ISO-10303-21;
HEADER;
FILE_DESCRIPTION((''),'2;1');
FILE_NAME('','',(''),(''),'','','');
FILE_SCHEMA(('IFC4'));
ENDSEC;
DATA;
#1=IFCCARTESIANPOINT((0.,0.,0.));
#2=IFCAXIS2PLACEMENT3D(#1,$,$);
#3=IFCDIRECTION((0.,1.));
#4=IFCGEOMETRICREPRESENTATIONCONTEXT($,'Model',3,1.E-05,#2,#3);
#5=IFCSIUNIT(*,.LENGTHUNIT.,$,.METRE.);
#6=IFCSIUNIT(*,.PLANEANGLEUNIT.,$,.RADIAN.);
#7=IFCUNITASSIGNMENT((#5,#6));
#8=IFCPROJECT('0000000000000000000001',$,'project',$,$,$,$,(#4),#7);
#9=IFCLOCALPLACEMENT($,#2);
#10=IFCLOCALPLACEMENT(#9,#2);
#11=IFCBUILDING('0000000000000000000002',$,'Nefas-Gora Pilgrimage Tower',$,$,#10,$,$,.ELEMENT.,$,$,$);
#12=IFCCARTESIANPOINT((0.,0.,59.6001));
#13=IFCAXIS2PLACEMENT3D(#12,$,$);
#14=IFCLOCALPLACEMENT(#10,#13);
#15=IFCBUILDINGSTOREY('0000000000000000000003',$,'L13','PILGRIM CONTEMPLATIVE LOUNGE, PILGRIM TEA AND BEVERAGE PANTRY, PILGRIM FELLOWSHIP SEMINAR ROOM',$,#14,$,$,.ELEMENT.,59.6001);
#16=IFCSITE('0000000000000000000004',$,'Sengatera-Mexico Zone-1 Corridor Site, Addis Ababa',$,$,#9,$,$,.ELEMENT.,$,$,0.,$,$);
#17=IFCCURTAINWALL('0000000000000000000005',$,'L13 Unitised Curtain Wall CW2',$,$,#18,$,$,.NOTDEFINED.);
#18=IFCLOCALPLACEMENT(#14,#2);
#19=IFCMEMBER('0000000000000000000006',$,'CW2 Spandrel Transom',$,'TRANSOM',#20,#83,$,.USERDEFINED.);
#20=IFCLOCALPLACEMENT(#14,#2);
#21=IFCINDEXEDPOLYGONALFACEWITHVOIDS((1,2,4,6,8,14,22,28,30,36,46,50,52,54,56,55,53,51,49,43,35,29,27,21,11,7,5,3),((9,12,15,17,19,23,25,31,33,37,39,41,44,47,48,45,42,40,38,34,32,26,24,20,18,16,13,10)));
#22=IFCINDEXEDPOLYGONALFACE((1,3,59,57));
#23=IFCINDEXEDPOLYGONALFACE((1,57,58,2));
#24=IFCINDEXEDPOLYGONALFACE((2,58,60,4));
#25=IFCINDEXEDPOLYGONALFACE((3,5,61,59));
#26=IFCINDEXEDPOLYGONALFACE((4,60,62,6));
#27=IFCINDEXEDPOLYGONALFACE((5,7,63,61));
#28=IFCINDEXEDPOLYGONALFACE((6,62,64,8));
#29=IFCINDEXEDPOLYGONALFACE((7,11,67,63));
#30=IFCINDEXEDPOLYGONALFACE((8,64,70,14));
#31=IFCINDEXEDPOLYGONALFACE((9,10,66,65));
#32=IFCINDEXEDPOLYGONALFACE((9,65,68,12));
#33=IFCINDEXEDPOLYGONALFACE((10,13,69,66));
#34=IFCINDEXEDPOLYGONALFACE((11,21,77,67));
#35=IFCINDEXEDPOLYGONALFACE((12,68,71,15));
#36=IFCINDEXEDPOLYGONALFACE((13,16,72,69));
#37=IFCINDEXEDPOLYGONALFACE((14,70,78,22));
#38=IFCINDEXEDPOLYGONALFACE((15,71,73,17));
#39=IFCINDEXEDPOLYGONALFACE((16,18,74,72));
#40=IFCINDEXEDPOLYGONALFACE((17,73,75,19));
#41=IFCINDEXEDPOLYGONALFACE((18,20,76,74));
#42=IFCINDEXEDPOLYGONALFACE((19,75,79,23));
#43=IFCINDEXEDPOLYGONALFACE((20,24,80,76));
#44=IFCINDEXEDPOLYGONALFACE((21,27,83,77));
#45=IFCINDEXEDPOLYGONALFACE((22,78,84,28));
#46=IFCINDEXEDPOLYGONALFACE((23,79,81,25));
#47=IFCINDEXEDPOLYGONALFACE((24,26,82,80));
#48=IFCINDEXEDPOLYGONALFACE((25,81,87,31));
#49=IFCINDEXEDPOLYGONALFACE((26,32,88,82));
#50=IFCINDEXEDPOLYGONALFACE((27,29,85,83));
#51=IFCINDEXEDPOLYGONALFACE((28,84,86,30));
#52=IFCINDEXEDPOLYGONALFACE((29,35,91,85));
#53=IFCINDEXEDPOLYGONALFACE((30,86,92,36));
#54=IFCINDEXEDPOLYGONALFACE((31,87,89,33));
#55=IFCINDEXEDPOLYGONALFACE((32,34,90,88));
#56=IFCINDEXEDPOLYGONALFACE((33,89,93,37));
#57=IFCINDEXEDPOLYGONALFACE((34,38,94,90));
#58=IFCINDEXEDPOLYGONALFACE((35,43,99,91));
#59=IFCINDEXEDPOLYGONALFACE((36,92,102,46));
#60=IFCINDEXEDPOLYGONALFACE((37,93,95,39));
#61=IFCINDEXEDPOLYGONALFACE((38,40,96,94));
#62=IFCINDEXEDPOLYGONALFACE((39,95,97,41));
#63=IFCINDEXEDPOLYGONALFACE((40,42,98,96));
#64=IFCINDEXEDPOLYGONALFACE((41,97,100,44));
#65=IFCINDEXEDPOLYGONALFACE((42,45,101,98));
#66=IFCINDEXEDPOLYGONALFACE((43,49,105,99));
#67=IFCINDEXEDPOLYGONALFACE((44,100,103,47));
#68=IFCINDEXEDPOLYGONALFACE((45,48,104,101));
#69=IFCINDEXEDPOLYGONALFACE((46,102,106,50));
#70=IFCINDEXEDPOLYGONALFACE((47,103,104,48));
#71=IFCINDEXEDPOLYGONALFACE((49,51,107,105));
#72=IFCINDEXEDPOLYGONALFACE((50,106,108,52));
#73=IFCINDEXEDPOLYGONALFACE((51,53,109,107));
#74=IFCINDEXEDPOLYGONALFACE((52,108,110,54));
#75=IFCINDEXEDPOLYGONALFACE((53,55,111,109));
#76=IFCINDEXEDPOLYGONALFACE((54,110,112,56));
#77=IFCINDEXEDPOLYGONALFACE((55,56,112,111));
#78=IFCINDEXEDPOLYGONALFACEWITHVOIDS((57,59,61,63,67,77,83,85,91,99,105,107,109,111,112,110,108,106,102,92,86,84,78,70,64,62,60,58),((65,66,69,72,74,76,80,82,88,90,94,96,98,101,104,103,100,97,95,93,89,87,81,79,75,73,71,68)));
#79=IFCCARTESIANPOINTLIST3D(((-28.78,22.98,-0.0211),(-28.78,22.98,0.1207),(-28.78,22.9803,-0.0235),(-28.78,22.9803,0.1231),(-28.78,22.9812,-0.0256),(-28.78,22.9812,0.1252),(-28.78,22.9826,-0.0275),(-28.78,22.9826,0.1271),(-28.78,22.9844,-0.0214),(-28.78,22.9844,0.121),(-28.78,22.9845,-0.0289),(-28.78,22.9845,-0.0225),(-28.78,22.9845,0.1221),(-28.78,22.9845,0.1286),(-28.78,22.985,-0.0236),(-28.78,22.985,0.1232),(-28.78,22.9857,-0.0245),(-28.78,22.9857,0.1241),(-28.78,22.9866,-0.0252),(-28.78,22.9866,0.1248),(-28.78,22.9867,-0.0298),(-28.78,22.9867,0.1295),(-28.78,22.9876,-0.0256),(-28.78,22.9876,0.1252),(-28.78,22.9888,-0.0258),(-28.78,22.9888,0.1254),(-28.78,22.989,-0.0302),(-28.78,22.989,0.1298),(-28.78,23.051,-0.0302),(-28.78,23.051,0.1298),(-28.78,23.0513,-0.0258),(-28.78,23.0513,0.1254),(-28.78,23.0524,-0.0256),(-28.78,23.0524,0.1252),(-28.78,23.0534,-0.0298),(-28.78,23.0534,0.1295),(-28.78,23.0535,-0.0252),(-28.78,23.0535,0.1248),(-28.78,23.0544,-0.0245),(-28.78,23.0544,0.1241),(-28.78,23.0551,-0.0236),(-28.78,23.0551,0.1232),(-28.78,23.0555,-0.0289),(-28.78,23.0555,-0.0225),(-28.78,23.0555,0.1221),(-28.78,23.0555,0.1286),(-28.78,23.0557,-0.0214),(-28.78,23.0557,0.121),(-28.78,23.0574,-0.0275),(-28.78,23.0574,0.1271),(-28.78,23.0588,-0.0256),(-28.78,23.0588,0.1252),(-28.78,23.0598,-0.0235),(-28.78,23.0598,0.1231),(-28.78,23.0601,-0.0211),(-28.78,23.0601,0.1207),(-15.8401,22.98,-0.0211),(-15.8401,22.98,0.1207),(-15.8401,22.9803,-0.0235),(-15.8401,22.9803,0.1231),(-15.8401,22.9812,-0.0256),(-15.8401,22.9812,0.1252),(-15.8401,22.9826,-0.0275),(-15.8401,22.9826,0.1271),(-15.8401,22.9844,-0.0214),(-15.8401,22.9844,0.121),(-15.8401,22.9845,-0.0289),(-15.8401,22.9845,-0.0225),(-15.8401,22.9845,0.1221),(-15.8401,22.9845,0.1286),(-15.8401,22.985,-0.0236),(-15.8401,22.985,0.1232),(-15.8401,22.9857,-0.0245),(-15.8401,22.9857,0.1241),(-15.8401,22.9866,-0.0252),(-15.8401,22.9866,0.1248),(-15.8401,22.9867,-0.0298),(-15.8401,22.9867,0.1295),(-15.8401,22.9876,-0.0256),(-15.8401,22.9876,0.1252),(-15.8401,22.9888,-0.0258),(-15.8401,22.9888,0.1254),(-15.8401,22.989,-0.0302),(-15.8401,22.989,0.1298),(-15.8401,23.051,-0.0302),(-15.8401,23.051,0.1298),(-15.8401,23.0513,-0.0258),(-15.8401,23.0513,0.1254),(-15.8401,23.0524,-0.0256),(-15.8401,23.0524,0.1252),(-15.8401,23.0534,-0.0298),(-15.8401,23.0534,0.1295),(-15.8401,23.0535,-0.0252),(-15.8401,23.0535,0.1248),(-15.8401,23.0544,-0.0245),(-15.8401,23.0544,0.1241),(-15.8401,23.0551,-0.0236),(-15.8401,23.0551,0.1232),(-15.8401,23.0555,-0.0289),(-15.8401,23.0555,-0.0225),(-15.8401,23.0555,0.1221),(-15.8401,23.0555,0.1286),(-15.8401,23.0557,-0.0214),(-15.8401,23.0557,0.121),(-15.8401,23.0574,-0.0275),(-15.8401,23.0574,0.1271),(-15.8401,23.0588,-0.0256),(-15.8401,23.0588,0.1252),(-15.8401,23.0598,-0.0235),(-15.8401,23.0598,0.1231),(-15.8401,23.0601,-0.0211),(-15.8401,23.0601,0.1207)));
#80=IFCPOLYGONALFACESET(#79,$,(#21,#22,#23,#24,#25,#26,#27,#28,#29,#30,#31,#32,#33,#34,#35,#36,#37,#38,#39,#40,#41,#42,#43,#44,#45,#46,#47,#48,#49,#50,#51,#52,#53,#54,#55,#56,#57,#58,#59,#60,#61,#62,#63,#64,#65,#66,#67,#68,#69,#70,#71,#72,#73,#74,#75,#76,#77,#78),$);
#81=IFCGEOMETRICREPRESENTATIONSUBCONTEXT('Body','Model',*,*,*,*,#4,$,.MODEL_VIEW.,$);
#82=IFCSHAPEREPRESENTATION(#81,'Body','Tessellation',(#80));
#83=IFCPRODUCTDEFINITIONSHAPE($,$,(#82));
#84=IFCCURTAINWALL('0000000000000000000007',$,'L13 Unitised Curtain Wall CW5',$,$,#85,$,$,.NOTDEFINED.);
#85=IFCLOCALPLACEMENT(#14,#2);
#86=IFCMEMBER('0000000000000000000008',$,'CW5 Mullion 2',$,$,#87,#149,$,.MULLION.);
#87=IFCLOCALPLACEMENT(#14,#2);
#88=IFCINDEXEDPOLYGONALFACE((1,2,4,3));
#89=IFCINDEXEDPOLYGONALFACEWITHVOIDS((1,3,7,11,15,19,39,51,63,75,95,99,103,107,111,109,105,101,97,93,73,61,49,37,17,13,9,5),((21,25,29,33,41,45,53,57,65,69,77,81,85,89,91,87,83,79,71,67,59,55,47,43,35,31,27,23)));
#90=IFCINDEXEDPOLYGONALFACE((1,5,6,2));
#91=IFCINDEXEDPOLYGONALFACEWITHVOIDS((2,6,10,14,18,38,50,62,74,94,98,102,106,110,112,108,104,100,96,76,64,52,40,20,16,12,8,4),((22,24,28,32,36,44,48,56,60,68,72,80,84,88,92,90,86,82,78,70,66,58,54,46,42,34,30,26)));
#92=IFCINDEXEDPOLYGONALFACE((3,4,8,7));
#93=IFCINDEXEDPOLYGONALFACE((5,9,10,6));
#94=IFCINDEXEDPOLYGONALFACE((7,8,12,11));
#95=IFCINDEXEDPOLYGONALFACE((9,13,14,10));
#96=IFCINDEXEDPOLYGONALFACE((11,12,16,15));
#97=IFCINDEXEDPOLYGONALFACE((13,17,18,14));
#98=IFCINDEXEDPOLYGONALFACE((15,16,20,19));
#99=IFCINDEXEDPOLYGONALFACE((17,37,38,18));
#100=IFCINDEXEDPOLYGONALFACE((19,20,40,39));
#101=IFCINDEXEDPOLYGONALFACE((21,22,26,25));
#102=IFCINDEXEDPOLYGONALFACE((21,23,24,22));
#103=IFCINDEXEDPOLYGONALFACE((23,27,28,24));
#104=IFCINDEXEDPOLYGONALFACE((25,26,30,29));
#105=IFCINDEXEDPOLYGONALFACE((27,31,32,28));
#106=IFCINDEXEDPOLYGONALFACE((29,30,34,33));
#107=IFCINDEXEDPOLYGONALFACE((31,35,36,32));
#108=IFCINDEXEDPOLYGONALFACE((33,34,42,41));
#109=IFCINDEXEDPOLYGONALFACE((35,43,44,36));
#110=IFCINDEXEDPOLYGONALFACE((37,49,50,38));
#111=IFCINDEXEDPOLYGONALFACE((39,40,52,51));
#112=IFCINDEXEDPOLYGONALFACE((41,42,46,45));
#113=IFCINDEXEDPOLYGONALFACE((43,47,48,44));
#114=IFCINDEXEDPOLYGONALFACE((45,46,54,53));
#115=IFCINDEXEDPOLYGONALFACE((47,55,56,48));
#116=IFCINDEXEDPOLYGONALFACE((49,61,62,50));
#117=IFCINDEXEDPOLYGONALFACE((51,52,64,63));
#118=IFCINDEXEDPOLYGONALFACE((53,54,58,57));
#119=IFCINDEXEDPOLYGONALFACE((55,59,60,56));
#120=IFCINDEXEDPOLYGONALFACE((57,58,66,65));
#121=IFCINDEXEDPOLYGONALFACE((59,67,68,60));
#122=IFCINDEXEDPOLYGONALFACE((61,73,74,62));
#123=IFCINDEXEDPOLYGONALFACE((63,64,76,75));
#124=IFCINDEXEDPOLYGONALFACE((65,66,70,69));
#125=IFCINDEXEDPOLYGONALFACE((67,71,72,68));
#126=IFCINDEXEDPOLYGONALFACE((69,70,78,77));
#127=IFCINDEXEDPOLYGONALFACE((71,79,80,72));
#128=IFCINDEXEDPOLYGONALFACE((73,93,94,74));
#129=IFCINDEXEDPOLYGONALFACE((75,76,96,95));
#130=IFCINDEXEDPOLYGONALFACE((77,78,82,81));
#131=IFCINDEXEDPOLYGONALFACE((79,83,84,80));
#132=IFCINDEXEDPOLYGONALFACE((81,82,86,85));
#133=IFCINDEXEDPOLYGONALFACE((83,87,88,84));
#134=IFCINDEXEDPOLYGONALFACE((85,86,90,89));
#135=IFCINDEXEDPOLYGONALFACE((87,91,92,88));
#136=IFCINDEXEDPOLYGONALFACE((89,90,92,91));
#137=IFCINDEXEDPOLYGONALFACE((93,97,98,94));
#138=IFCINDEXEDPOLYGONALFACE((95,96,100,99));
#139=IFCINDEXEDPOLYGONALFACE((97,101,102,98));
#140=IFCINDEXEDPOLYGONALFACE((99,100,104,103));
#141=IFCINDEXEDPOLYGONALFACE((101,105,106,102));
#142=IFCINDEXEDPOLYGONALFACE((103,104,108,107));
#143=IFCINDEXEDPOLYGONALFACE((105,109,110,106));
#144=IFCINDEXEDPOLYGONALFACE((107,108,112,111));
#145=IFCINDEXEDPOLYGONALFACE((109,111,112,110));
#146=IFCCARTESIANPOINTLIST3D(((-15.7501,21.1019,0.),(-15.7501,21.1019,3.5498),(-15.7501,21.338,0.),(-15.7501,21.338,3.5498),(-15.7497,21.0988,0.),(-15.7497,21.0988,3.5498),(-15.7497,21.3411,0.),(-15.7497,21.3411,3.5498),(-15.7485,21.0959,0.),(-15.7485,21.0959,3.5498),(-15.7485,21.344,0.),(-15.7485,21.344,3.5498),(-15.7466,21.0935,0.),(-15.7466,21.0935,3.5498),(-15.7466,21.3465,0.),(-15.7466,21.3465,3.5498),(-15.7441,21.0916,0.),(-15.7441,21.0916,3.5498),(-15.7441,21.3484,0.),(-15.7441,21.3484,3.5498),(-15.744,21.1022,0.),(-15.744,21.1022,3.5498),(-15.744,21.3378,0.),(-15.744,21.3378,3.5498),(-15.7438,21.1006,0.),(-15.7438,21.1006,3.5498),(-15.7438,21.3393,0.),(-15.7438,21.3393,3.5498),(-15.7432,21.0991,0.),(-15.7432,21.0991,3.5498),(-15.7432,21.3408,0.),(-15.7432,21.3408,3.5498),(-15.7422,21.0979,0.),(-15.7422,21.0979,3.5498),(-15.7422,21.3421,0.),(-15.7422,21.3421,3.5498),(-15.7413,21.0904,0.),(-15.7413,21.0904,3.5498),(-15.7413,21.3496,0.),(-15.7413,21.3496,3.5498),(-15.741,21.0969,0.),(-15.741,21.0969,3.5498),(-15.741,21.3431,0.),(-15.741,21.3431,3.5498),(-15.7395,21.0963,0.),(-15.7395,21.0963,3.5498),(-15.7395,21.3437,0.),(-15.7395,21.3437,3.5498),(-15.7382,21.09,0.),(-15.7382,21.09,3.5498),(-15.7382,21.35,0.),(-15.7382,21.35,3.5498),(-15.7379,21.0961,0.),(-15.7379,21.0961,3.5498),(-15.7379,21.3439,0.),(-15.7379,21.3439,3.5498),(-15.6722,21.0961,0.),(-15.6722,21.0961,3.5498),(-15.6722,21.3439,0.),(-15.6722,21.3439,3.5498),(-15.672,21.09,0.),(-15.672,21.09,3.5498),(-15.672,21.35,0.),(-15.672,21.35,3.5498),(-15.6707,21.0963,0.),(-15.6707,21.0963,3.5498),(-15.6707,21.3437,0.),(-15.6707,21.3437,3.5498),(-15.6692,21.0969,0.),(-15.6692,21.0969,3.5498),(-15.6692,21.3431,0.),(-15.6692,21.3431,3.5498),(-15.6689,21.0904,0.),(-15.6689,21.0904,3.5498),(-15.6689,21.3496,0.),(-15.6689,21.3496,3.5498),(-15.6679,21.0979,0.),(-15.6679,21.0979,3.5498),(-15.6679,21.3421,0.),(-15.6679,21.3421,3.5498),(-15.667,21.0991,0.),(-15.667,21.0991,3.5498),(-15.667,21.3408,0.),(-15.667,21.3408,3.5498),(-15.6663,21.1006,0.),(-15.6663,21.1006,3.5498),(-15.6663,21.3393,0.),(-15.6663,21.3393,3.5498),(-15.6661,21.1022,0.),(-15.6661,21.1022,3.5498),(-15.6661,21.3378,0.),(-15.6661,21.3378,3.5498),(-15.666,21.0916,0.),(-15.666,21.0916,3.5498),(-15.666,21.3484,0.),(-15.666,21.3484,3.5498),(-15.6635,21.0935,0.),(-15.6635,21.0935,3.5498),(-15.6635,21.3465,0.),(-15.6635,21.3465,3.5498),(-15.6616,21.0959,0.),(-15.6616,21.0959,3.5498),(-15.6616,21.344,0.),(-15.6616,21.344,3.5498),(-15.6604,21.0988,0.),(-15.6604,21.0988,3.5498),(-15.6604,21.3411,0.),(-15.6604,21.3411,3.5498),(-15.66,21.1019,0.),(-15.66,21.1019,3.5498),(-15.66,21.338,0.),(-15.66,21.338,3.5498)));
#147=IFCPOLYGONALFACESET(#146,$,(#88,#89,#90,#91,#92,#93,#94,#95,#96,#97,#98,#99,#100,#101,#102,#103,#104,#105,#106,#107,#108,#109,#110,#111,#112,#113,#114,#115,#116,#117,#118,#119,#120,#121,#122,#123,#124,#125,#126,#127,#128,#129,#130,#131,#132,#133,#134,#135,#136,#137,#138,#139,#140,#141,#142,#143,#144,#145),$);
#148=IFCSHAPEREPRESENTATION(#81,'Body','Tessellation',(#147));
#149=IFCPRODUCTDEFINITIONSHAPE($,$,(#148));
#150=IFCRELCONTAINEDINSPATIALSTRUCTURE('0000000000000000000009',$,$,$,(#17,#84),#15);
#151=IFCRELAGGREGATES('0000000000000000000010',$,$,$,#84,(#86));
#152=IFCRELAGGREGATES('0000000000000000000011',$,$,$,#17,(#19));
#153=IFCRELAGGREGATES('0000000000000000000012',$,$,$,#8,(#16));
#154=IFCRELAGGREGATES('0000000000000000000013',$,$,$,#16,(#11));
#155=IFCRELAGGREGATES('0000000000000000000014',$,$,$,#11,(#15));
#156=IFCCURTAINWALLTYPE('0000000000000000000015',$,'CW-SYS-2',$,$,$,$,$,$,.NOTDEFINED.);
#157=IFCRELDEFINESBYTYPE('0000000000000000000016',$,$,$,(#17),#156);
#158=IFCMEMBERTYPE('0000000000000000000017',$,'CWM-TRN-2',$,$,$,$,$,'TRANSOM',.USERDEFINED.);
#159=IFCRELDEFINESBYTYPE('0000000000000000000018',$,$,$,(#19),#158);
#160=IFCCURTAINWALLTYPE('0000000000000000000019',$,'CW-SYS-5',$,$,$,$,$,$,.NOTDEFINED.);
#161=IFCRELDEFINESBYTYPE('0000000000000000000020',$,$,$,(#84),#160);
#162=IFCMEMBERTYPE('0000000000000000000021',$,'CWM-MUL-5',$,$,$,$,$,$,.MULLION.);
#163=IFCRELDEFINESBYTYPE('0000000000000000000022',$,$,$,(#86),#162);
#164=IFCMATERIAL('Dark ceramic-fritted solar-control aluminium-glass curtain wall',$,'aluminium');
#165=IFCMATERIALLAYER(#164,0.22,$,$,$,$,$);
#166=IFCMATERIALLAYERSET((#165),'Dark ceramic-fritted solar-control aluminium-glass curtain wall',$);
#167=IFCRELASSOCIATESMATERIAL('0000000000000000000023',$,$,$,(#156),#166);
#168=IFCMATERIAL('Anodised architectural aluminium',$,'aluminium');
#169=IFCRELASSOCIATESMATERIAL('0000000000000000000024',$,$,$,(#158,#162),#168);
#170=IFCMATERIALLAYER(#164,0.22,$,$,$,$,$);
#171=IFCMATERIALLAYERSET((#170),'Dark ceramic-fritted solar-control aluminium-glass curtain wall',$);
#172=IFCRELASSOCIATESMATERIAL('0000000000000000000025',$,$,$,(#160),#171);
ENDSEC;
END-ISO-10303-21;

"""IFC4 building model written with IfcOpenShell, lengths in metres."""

from ifc_helpers import new_model, si_unit, direction, frame, origin, origin_2d, place, context, subcontext, project, spatial, hollow_rectangle, extrude, source, transform, mapped, material, layer, layer_set, material_profile, profile_set, type_object, element, aggregate, save


model = new_model("IFC4")

# Units and contexts
model_context = context("Model", 3, precision=1e-05, world=origin(), true_north=direction((0.0, 1.0)))
body_context = subcontext(model_context, "Body", "Model", "MODEL_VIEW")
ifc_project = project(units=[si_unit("LENGTHUNIT", "METRE"), si_unit("PLANEANGLEUNIT", "RADIAN")], contexts=[model_context])

# Site, building, storey
site_placement = place(None, origin())
site = spatial("IfcSite", under=ifc_project, at=site_placement, Name="Sengatera-Mexico Zone-1 Corridor Site, Addis Ababa", CompositionType="ELEMENT", RefElevation=0.0)
building_placement = place(site_placement, origin())
building = spatial("IfcBuilding", under=site, at=building_placement, Name="Nefas-Gora Pilgrimage Tower", CompositionType="ELEMENT")
storey_placement = place(building_placement, frame((0.0, 0.0, 59.6001)))
storey = spatial("IfcBuildingStorey", under=building, at=storey_placement, Name="L13", Description="PILGRIM CONTEMPLATIVE LOUNGE, PILGRIM TEA AND BEVERAGE PANTRY, PILGRIM FELLOWSHIP SEMINAR ROOM", CompositionType="ELEMENT", Elevation=59.6001)

# Curtain walls, members
ifc_material_1 = material(Name="Dark ceramic-fritted solar-control aluminium-glass curtain wall", Category="aluminium")
ifc_layer_1 = layer(ifc_material_1, 0.22)
ifc_layer_set_1 = layer_set([ifc_layer_1], Name="Dark ceramic-fritted solar-control aluminium-glass curtain wall")
curtain_wall_type_1 = type_object("IfcCurtainWallType", Name="CW-SYS-2", PredefinedType="NOTDEFINED", material=ifc_layer_set_1)
curtain_wall_1_placement = place(storey_placement, origin())
curtain_wall_1 = element("IfcCurtainWall", 1, at=curtain_wall_1_placement, inside=storey, type_object=curtain_wall_type_1, Name="L13 Unitised Curtain Wall CW2", PredefinedType="NOTDEFINED")
ifc_material_2 = material(Name="Anodised architectural aluminium", Category="aluminium")
ifc_material_profile_1 = material_profile(ifc_material_2, hollow_rectangle(XDim=0.0801, YDim=0.1599, WallThickness=0.0044, InnerFilletRadius=0.0044, OuterFilletRadius=0.009, at=origin_2d()), Name="ALU TRANSOM 80x160")
ifc_profile_set_1 = profile_set([ifc_material_profile_1], Name="Anodised architectural aluminium")
member_type_1 = type_object("IfcMemberType", Name="CWM-TRN-2", ElementType="TRANSOM", PredefinedType="USERDEFINED", material=ifc_profile_set_1)
shared_shape_1 = source(origin(), body_context, "Body", "SweptSolid", [
    extrude(hollow_rectangle(XDim=0.0801, YDim=0.1599, WallThickness=0.0044, InnerFilletRadius=0.0044, OuterFilletRadius=0.009, at=origin_2d()), origin(), (0.0, 0.0, 1.0), 12.9399),
])
member_1_placement = place(storey_placement, frame((-15.8401, 23.02, 0.0498), z_axis=(-1.0, 0.0, 0.0), x_axis=(0.0, -1.0, 0.0)))
member_1 = element("IfcMember", 2, at=member_1_placement, type_object=member_type_1, Name="CW2 Spandrel Transom", ObjectType="TRANSOM", PredefinedType="USERDEFINED", context=body_context, shape_type="MappedRepresentation", body=[
    mapped(shared_shape_1, transform((0.0, 0.0, 0.0), x_axis=(1.0, 0.0, 0.0), y_axis=(0.0, 1.0, 0.0), z_axis=(0.0, 0.0, 1.0), scale=1.0)),
])
ifc_layer_2 = layer(ifc_material_1, 0.22)
ifc_layer_set_2 = layer_set([ifc_layer_2], Name="Dark ceramic-fritted solar-control aluminium-glass curtain wall")
curtain_wall_type_2 = type_object("IfcCurtainWallType", Name="CW-SYS-5", PredefinedType="NOTDEFINED", material=ifc_layer_set_2)
curtain_wall_2_placement = place(storey_placement, origin())
curtain_wall_2 = element("IfcCurtainWall", 3, at=curtain_wall_2_placement, inside=storey, type_object=curtain_wall_type_2, Name="L13 Unitised Curtain Wall CW5", PredefinedType="NOTDEFINED")
ifc_material_profile_2 = material_profile(ifc_material_2, hollow_rectangle(XDim=0.0901, YDim=0.26, WallThickness=0.0061, InnerFilletRadius=0.0061, OuterFilletRadius=0.012, at=origin_2d()), Name="ALU MULLION 90x260")
ifc_profile_set_2 = profile_set([ifc_material_profile_2], Name="Anodised architectural aluminium")
member_type_2 = type_object("IfcMemberType", Name="CWM-MUL-5", PredefinedType="MULLION", material=ifc_profile_set_2)
shared_shape_2 = source(origin(), body_context, "Body", "SweptSolid", [
    extrude(hollow_rectangle(XDim=0.0901, YDim=0.26, WallThickness=0.0061, InnerFilletRadius=0.0061, OuterFilletRadius=0.012, at=origin_2d()), origin(), (0.0, 0.0, 1.0), 3.5498),
])
member_2_placement = place(storey_placement, frame((-15.7051, 21.22, 0.0), z_axis=(0.0, 0.0, 1.0), x_axis=(-1.0, 0.0, 0.0)))
member_2 = element("IfcMember", 4, at=member_2_placement, type_object=member_type_2, Name="CW5 Mullion 2", PredefinedType="MULLION", context=body_context, shape_type="MappedRepresentation", body=[
    mapped(shared_shape_2, transform((0.0, 0.0, 0.0), x_axis=(1.0, 0.0, 0.0), y_axis=(0.0, 1.0, 0.0), z_axis=(0.0, 0.0, 1.0), scale=1.0)),
])

aggregate(curtain_wall_2, [member_2])
aggregate(curtain_wall_1, [member_1])

save(model, "model.ifc")
